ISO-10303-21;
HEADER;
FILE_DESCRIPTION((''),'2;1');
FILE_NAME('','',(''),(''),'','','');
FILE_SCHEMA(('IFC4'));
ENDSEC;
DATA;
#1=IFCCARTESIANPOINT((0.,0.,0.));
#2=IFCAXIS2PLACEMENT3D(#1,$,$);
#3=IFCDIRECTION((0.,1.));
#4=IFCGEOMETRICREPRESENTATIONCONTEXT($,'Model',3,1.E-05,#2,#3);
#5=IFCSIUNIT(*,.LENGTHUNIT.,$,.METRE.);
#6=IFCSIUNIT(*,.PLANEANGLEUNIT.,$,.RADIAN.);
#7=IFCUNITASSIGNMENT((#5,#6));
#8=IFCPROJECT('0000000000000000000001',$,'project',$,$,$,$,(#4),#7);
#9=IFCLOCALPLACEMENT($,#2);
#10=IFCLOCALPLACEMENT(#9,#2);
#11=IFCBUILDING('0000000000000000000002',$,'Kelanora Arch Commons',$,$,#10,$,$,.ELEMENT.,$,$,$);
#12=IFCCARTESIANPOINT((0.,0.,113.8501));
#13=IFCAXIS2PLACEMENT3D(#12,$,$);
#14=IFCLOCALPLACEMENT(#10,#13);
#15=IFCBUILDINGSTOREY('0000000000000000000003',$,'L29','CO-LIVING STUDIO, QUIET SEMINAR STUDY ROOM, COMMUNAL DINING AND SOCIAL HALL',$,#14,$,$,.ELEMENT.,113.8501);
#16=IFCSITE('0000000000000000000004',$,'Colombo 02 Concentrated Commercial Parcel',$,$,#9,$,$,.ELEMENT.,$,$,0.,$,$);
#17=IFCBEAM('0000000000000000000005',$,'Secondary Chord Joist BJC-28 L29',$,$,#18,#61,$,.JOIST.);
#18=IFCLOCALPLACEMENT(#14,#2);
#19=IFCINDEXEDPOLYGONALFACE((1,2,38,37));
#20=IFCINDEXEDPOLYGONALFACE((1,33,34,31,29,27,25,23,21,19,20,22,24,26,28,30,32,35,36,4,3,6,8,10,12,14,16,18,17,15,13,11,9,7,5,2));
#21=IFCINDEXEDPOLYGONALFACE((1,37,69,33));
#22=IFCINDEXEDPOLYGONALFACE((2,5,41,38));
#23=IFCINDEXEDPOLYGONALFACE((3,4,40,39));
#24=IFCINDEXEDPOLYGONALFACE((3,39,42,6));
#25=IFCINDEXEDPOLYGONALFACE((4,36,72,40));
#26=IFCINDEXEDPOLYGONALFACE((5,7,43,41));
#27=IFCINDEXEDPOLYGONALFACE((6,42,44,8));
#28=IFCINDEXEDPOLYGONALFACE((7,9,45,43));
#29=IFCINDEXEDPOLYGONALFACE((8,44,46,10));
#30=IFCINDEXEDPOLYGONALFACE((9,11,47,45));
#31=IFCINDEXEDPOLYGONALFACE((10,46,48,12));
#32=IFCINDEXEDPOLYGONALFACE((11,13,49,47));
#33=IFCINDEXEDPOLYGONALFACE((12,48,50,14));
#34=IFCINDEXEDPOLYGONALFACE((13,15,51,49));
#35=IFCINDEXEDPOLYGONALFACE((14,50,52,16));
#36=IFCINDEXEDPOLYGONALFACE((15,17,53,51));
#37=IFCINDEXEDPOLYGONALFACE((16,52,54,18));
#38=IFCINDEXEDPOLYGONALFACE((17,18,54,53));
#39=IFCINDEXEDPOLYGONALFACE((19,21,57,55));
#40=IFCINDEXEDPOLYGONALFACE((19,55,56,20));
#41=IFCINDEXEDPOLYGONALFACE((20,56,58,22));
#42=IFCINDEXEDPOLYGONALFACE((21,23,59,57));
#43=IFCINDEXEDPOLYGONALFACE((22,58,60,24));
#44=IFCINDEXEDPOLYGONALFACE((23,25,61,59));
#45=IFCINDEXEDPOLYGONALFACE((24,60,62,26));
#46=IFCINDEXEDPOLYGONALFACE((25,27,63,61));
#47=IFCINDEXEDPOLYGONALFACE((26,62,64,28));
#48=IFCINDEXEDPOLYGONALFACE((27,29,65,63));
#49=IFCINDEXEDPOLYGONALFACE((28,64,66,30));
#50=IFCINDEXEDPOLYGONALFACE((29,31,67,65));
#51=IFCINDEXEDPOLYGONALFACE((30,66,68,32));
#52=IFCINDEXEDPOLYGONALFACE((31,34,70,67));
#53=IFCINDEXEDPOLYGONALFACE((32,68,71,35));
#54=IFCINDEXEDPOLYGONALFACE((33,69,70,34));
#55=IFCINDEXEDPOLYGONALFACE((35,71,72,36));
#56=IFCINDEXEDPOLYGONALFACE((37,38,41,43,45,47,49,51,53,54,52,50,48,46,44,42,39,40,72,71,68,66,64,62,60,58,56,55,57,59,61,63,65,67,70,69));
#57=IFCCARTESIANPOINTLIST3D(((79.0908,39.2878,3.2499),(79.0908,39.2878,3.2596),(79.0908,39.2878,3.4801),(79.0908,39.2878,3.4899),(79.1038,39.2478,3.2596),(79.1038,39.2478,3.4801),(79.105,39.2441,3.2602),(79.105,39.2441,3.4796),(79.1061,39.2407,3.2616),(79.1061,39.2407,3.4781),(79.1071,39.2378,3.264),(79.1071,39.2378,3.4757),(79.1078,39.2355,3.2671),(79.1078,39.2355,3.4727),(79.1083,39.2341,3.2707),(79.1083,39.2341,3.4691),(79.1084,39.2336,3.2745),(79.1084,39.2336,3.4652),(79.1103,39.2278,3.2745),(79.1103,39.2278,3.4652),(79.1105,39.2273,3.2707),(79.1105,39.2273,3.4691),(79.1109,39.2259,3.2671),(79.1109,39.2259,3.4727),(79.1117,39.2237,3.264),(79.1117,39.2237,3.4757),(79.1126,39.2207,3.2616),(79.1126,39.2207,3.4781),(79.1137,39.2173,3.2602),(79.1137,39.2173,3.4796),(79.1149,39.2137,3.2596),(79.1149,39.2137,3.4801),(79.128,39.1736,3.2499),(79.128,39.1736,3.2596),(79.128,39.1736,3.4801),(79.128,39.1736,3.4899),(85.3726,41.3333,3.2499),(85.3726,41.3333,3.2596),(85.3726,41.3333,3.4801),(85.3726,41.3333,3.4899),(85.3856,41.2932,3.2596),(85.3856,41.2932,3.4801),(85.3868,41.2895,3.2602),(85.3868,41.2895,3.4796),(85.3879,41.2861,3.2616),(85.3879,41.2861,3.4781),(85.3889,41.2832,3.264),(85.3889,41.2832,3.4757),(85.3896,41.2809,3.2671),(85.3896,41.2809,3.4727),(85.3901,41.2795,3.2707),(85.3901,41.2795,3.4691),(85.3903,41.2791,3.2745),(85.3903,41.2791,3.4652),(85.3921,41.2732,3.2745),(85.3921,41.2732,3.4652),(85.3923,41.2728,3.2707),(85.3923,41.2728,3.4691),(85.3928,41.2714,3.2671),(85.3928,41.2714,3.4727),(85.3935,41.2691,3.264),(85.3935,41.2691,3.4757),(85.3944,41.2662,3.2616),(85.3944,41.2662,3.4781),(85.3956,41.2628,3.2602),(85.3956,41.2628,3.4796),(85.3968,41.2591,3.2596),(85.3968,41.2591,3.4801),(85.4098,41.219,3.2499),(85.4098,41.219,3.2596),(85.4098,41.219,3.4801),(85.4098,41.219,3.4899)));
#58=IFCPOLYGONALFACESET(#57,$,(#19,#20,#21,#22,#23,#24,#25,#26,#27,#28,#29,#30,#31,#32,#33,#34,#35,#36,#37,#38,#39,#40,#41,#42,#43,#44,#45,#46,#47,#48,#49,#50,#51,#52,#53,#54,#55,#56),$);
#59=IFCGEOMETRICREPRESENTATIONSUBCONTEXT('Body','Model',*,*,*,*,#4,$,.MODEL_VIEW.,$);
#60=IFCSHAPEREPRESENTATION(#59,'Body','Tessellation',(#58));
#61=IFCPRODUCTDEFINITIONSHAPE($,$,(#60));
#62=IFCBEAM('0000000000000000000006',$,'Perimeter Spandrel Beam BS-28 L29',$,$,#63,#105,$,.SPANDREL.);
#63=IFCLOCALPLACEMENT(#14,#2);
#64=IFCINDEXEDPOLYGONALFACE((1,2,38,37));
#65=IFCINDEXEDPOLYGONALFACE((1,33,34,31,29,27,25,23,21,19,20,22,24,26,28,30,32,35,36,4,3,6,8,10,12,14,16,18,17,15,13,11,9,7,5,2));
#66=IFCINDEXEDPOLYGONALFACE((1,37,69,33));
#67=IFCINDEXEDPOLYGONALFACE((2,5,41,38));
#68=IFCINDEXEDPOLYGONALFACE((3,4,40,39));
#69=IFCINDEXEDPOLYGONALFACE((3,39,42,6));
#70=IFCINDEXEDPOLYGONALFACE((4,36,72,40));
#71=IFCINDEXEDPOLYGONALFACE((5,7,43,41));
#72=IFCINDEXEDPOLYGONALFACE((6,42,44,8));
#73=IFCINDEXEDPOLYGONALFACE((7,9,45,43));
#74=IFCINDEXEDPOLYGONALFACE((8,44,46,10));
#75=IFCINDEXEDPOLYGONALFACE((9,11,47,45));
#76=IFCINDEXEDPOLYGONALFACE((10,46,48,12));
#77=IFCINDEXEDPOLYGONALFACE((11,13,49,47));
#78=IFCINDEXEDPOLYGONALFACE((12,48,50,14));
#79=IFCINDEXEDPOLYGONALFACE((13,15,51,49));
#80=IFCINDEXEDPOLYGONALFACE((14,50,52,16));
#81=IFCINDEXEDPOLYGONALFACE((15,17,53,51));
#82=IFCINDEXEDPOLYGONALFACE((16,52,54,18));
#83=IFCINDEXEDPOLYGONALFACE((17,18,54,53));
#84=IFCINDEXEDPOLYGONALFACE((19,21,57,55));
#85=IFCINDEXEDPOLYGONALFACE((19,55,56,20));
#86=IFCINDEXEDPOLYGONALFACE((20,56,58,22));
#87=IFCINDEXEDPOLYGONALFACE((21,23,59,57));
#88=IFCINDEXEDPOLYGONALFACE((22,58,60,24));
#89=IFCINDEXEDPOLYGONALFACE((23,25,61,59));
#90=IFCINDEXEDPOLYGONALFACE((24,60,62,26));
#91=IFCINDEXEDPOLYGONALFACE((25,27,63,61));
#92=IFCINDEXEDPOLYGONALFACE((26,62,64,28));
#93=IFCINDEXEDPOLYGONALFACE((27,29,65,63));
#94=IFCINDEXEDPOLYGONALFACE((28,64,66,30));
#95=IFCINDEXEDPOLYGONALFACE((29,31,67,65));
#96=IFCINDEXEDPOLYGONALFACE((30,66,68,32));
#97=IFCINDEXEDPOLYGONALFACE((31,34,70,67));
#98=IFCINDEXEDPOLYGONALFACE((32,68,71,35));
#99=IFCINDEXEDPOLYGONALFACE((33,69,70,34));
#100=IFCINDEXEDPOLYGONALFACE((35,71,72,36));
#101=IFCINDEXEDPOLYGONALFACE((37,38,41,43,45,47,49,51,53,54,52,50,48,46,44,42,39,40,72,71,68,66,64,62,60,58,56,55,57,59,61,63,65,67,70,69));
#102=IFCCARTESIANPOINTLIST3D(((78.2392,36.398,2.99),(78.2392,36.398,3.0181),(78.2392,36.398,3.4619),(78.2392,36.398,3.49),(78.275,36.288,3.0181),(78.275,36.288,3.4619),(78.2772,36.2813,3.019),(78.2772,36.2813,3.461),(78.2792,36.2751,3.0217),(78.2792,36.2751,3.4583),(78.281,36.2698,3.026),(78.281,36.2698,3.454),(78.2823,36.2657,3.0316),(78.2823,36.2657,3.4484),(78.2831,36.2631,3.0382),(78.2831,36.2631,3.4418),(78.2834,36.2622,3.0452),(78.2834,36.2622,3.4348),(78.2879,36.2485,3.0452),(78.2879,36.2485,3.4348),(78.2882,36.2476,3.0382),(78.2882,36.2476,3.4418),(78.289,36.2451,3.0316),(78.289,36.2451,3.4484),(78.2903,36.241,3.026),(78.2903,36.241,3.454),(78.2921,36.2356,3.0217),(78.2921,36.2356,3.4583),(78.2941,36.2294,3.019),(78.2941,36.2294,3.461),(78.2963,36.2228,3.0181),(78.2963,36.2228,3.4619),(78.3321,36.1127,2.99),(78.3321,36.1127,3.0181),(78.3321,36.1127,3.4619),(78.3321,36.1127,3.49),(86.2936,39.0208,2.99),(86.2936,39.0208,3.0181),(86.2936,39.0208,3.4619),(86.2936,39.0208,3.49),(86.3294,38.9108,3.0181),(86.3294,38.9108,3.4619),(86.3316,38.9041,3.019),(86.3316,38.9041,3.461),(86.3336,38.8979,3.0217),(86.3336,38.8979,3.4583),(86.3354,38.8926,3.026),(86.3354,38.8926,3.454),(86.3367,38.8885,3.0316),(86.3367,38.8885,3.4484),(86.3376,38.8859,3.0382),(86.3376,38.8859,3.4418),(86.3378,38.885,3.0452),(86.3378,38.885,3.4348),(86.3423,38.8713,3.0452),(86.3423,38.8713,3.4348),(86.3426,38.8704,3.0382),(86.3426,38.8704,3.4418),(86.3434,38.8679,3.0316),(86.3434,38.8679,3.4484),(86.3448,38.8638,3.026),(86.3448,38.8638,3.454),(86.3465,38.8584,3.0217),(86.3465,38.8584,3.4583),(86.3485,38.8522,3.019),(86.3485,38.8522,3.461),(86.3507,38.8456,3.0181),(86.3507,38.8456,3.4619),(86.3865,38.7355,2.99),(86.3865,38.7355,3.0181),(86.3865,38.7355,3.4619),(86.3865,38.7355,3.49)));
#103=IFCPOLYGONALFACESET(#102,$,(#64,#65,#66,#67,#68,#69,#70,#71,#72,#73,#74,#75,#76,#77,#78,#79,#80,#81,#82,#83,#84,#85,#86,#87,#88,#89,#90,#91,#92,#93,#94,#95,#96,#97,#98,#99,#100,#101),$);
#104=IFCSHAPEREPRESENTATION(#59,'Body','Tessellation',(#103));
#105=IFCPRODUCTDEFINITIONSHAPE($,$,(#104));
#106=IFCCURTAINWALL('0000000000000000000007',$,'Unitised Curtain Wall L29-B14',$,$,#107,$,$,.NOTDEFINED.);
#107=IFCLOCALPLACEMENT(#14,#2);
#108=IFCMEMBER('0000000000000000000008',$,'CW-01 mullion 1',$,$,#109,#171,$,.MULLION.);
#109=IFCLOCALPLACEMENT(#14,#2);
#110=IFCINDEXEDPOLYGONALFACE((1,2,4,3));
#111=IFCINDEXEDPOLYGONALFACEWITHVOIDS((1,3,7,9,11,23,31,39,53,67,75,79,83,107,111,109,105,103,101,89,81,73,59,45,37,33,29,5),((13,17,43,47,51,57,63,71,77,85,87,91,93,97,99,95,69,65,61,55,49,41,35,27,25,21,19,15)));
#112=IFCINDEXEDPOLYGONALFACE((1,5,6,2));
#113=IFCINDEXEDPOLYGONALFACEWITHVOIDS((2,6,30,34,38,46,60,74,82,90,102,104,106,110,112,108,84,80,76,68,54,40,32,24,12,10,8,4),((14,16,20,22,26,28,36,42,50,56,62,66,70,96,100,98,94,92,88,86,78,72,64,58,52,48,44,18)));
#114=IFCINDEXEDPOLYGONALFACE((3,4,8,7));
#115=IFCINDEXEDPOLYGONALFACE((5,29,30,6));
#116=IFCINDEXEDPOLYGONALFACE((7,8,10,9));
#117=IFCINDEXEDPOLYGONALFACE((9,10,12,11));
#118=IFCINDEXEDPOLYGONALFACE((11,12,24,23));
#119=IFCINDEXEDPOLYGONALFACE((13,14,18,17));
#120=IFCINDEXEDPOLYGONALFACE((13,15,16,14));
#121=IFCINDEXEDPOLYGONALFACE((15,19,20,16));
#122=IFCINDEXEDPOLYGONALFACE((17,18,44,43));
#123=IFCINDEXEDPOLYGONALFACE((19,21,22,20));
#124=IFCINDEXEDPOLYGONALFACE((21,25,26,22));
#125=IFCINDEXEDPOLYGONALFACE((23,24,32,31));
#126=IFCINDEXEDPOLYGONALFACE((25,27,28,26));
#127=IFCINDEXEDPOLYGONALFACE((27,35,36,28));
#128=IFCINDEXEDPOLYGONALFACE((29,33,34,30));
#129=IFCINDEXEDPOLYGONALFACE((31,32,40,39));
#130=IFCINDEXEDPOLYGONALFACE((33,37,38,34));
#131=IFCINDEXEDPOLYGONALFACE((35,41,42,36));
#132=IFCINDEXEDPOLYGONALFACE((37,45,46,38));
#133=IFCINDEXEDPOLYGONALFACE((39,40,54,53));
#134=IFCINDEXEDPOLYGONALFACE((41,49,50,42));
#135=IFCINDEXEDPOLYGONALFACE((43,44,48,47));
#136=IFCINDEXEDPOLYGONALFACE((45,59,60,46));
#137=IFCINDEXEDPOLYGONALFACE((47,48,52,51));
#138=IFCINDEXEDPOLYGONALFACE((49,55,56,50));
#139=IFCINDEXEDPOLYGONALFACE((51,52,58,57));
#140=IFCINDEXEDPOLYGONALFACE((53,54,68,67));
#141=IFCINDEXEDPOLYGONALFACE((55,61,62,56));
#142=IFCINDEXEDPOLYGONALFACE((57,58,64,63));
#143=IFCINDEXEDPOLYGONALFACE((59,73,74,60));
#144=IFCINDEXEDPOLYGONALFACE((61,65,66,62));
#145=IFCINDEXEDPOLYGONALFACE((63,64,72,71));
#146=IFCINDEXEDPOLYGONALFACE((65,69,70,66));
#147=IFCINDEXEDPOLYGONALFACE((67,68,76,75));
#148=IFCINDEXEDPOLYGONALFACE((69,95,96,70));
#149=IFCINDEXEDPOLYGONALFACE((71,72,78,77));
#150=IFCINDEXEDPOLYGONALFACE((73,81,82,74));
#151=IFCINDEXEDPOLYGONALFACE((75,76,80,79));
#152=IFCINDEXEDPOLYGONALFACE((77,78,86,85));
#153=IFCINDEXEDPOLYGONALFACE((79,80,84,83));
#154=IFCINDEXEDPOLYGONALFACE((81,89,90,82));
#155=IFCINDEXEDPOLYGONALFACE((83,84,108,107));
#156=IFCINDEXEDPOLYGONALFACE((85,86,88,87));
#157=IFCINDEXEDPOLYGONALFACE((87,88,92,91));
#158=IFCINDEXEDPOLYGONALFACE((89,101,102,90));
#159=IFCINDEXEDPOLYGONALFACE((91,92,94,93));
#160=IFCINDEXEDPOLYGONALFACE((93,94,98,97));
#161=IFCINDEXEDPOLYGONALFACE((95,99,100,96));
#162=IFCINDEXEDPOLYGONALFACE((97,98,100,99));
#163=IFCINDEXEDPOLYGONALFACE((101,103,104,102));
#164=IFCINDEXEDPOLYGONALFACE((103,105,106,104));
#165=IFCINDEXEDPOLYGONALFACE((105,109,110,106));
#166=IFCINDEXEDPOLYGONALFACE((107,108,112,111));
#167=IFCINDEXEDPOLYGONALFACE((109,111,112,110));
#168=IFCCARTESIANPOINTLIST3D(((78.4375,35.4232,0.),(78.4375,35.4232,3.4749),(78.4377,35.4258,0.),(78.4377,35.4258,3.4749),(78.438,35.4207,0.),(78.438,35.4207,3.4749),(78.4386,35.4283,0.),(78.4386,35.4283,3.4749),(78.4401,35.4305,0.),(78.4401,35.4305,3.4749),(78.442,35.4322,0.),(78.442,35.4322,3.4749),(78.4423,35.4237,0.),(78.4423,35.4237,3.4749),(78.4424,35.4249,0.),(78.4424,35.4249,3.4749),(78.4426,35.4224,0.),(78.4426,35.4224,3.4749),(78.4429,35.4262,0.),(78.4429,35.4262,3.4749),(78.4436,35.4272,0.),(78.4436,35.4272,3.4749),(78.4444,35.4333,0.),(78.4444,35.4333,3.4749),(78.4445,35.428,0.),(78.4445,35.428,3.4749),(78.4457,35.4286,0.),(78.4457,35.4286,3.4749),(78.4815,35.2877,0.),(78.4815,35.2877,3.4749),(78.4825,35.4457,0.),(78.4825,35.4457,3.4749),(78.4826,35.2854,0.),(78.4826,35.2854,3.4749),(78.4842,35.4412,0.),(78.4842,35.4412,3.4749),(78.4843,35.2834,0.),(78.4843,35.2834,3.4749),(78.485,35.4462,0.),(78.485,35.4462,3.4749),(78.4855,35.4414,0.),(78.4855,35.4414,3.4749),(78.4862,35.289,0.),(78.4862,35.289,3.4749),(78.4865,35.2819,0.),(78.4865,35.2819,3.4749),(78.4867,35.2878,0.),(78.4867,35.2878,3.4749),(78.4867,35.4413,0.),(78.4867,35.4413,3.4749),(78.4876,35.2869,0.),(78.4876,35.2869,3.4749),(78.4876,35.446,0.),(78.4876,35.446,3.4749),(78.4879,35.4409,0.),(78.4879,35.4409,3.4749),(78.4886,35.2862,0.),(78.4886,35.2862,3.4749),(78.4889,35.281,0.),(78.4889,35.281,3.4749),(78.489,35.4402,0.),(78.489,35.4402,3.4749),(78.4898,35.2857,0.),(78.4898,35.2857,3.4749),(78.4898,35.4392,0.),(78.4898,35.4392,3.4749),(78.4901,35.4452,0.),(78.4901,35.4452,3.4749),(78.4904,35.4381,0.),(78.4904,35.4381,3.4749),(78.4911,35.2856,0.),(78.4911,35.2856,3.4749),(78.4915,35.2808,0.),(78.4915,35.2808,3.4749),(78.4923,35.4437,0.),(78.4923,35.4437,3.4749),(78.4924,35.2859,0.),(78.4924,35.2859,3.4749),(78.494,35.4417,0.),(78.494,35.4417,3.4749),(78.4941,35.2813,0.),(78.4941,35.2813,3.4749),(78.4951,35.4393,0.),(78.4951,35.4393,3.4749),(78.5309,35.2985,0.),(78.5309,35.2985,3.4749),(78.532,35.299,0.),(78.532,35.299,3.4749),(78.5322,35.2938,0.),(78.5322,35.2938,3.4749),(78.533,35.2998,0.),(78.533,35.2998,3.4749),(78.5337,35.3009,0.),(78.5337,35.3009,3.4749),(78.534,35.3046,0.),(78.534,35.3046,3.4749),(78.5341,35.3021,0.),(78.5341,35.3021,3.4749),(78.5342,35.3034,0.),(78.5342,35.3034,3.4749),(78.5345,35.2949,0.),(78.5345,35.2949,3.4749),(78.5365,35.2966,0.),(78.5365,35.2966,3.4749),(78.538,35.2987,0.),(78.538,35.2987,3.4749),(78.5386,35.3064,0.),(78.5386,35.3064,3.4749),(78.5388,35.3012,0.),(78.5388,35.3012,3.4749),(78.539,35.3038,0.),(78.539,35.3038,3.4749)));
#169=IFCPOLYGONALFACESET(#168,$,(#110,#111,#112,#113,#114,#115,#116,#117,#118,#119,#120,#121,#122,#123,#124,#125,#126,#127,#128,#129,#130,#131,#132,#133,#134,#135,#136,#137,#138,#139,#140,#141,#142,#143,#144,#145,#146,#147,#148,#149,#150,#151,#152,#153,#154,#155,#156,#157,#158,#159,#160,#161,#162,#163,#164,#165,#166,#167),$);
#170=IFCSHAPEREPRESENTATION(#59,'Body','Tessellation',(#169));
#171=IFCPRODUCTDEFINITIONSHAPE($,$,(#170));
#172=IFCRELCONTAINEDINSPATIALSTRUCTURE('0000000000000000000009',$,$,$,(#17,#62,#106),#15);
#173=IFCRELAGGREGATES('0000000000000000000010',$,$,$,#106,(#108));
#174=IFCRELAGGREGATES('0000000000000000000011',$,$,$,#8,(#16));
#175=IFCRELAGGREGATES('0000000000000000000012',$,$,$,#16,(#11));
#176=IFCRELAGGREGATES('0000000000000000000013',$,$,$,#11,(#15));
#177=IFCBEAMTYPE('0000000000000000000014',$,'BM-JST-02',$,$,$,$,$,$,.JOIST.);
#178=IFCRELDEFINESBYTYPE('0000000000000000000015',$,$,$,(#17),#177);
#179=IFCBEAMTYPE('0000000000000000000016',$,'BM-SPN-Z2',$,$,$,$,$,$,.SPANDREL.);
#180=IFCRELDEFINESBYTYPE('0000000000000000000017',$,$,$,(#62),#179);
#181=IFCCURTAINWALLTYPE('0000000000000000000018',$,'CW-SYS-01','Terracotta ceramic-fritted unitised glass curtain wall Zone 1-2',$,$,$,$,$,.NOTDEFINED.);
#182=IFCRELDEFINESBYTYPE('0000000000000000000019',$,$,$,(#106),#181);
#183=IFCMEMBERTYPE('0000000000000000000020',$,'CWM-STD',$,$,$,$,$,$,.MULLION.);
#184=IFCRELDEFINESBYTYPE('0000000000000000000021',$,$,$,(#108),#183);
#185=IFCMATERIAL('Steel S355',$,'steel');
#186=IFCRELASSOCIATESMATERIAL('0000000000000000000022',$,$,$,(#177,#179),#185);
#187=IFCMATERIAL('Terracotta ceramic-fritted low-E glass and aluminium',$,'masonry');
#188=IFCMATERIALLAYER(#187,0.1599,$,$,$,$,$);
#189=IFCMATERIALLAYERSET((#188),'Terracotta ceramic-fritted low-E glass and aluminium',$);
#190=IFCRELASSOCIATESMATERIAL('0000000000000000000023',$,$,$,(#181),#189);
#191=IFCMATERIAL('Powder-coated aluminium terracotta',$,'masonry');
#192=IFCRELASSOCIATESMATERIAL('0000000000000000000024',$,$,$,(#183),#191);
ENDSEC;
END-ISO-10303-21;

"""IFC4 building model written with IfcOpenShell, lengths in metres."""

from ifc_helpers import new_model, si_unit, direction, frame, origin, origin_2d, place, context, subcontext, project, spatial, hollow_rectangle, i_section, extrude, material, layer, layer_set, material_profile, profile_set, type_object, element, aggregate, save


model = new_model("IFC4")

# Units and contexts
model_context = context("Model", 3, precision=1e-05, world=origin(), true_north=direction((0.0, 1.0)))
body_context = subcontext(model_context, "Body", "Model", "MODEL_VIEW")
ifc_project = project(units=[si_unit("LENGTHUNIT", "METRE"), si_unit("PLANEANGLEUNIT", "RADIAN")], contexts=[model_context])

# Site, building, storey
site_placement = place(None, origin())
site = spatial("IfcSite", under=ifc_project, at=site_placement, Name="Colombo 02 Concentrated Commercial Parcel", CompositionType="ELEMENT", RefElevation=0.0)
building_placement = place(site_placement, origin())
building = spatial("IfcBuilding", under=site, at=building_placement, Name="Kelanora Arch Commons", CompositionType="ELEMENT")
storey_placement = place(building_placement, frame((0.0, 0.0, 113.8501)))
storey = spatial("IfcBuildingStorey", under=building, at=storey_placement, Name="L29", Description="CO-LIVING STUDIO, QUIET SEMINAR STUDY ROOM, COMMUNAL DINING AND SOCIAL HALL", CompositionType="ELEMENT", Elevation=113.8501)

# Beams
ifc_material_1 = material(Name="Steel S355", Category="steel")
ifc_material_profile_1 = material_profile(ifc_material_1, i_section(OverallWidth=0.1201, OverallDepth=0.24, WebThickness=0.0061, FlangeThickness=0.0098, FilletRadius=0.0149, at=origin_2d()), Name="IPE240")
ifc_profile_set_1 = profile_set([ifc_material_profile_1], Name="Steel S355")
beam_type_1 = type_object("IfcBeamType", Name="BM-JST-02", PredefinedType="JOIST", material=ifc_profile_set_1)
beam_1_placement = place(storey_placement, frame((79.1094, 39.2307, 3.3699), z_axis=(0.950863, 0.309612, 0.0), x_axis=(-0.309612, 0.950863, 0.0)))
element("IfcBeam", 1, at=beam_1_placement, inside=storey, type_object=beam_type_1, Name="Secondary Chord Joist BJC-28 L29", PredefinedType="JOIST", context=body_context, shape_type="SweptSolid", body=[
    extrude(i_section(OverallWidth=0.1201, OverallDepth=0.24, WebThickness=0.0061, FlangeThickness=0.0098, FilletRadius=0.0149, at=origin_2d()), origin(), (0.0, 0.0, 1.0), 6.6064),
])
ifc_material_profile_2 = material_profile(ifc_material_1, i_section(OverallWidth=0.3, OverallDepth=0.5, WebThickness=0.0144, FlangeThickness=0.0281, FilletRadius=0.0271, at=origin_2d()), Name="HEB500")
ifc_profile_set_2 = profile_set([ifc_material_profile_2], Name="Steel S355")
beam_type_2 = type_object("IfcBeamType", Name="BM-SPN-Z2", PredefinedType="SPANDREL", material=ifc_profile_set_2)
beam_2_placement = place(storey_placement, frame((78.2856, 36.2554, 3.24), z_axis=(0.950857, 0.309631, 0.0), x_axis=(-0.309631, 0.950857, 0.0)))
element("IfcBeam", 2, at=beam_2_placement, inside=storey, type_object=beam_type_2, Name="Perimeter Spandrel Beam BS-28 L29", PredefinedType="SPANDREL", context=body_context, shape_type="SweptSolid", body=[
    extrude(i_section(OverallWidth=0.3, OverallDepth=0.5, WebThickness=0.0144, FlangeThickness=0.0281, FilletRadius=0.0271, at=origin_2d()), origin(), (0.0, 0.0, 1.0), 8.4707),
])

# Curtain wall, member
ifc_material_2 = material(Name="Terracotta ceramic-fritted low-E glass and aluminium", Category="masonry")
ifc_layer_1 = layer(ifc_material_2, 0.1599)
ifc_layer_set_1 = layer_set([ifc_layer_1], Name="Terracotta ceramic-fritted low-E glass and aluminium")
curtain_wall_type = type_object("IfcCurtainWallType", Name="CW-SYS-01", Description="Terracotta ceramic-fritted unitised glass curtain wall Zone 1-2", PredefinedType="NOTDEFINED", material=ifc_layer_set_1)
curtain_wall_placement = place(storey_placement, origin())
curtain_wall = element("IfcCurtainWall", 3, at=curtain_wall_placement, inside=storey, type_object=curtain_wall_type, Name="Unitised Curtain Wall L29-B14", PredefinedType="NOTDEFINED")
ifc_material_3 = material(Name="Powder-coated aluminium terracotta", Category="masonry")
ifc_material_profile_3 = material_profile(ifc_material_3, hollow_rectangle(XDim=0.1599, YDim=0.0601, WallThickness=0.0049, InnerFilletRadius=0.0049, OuterFilletRadius=0.01, at=origin_2d()), Name="CWM160x60")
ifc_profile_set_3 = profile_set([ifc_material_profile_3], Name="Powder-coated aluminium terracotta")
member_type_1 = type_object("IfcMemberType", Name="CWM-STD", PredefinedType="MULLION", material=ifc_profile_set_3)
member_1_placement = place(storey_placement, frame((78.4883, 35.3635, 0.0), z_axis=(0.0, 0.0, 1.0), x_axis=(-0.310805, 0.950474, 0.0)))
member_1 = element("IfcMember", 4, at=member_1_placement, type_object=member_type_1, Name="CW-01 mullion 1", PredefinedType="MULLION", context=body_context, shape_type="SweptSolid", body=[
    extrude(hollow_rectangle(XDim=0.1599, YDim=0.0601, WallThickness=0.0049, InnerFilletRadius=0.0049, OuterFilletRadius=0.01, at=origin_2d()), origin(), (0.0, 0.0, 1.0), 3.4749),
])
aggregate(curtain_wall, [member_1])

save(model, "model.ifc")
